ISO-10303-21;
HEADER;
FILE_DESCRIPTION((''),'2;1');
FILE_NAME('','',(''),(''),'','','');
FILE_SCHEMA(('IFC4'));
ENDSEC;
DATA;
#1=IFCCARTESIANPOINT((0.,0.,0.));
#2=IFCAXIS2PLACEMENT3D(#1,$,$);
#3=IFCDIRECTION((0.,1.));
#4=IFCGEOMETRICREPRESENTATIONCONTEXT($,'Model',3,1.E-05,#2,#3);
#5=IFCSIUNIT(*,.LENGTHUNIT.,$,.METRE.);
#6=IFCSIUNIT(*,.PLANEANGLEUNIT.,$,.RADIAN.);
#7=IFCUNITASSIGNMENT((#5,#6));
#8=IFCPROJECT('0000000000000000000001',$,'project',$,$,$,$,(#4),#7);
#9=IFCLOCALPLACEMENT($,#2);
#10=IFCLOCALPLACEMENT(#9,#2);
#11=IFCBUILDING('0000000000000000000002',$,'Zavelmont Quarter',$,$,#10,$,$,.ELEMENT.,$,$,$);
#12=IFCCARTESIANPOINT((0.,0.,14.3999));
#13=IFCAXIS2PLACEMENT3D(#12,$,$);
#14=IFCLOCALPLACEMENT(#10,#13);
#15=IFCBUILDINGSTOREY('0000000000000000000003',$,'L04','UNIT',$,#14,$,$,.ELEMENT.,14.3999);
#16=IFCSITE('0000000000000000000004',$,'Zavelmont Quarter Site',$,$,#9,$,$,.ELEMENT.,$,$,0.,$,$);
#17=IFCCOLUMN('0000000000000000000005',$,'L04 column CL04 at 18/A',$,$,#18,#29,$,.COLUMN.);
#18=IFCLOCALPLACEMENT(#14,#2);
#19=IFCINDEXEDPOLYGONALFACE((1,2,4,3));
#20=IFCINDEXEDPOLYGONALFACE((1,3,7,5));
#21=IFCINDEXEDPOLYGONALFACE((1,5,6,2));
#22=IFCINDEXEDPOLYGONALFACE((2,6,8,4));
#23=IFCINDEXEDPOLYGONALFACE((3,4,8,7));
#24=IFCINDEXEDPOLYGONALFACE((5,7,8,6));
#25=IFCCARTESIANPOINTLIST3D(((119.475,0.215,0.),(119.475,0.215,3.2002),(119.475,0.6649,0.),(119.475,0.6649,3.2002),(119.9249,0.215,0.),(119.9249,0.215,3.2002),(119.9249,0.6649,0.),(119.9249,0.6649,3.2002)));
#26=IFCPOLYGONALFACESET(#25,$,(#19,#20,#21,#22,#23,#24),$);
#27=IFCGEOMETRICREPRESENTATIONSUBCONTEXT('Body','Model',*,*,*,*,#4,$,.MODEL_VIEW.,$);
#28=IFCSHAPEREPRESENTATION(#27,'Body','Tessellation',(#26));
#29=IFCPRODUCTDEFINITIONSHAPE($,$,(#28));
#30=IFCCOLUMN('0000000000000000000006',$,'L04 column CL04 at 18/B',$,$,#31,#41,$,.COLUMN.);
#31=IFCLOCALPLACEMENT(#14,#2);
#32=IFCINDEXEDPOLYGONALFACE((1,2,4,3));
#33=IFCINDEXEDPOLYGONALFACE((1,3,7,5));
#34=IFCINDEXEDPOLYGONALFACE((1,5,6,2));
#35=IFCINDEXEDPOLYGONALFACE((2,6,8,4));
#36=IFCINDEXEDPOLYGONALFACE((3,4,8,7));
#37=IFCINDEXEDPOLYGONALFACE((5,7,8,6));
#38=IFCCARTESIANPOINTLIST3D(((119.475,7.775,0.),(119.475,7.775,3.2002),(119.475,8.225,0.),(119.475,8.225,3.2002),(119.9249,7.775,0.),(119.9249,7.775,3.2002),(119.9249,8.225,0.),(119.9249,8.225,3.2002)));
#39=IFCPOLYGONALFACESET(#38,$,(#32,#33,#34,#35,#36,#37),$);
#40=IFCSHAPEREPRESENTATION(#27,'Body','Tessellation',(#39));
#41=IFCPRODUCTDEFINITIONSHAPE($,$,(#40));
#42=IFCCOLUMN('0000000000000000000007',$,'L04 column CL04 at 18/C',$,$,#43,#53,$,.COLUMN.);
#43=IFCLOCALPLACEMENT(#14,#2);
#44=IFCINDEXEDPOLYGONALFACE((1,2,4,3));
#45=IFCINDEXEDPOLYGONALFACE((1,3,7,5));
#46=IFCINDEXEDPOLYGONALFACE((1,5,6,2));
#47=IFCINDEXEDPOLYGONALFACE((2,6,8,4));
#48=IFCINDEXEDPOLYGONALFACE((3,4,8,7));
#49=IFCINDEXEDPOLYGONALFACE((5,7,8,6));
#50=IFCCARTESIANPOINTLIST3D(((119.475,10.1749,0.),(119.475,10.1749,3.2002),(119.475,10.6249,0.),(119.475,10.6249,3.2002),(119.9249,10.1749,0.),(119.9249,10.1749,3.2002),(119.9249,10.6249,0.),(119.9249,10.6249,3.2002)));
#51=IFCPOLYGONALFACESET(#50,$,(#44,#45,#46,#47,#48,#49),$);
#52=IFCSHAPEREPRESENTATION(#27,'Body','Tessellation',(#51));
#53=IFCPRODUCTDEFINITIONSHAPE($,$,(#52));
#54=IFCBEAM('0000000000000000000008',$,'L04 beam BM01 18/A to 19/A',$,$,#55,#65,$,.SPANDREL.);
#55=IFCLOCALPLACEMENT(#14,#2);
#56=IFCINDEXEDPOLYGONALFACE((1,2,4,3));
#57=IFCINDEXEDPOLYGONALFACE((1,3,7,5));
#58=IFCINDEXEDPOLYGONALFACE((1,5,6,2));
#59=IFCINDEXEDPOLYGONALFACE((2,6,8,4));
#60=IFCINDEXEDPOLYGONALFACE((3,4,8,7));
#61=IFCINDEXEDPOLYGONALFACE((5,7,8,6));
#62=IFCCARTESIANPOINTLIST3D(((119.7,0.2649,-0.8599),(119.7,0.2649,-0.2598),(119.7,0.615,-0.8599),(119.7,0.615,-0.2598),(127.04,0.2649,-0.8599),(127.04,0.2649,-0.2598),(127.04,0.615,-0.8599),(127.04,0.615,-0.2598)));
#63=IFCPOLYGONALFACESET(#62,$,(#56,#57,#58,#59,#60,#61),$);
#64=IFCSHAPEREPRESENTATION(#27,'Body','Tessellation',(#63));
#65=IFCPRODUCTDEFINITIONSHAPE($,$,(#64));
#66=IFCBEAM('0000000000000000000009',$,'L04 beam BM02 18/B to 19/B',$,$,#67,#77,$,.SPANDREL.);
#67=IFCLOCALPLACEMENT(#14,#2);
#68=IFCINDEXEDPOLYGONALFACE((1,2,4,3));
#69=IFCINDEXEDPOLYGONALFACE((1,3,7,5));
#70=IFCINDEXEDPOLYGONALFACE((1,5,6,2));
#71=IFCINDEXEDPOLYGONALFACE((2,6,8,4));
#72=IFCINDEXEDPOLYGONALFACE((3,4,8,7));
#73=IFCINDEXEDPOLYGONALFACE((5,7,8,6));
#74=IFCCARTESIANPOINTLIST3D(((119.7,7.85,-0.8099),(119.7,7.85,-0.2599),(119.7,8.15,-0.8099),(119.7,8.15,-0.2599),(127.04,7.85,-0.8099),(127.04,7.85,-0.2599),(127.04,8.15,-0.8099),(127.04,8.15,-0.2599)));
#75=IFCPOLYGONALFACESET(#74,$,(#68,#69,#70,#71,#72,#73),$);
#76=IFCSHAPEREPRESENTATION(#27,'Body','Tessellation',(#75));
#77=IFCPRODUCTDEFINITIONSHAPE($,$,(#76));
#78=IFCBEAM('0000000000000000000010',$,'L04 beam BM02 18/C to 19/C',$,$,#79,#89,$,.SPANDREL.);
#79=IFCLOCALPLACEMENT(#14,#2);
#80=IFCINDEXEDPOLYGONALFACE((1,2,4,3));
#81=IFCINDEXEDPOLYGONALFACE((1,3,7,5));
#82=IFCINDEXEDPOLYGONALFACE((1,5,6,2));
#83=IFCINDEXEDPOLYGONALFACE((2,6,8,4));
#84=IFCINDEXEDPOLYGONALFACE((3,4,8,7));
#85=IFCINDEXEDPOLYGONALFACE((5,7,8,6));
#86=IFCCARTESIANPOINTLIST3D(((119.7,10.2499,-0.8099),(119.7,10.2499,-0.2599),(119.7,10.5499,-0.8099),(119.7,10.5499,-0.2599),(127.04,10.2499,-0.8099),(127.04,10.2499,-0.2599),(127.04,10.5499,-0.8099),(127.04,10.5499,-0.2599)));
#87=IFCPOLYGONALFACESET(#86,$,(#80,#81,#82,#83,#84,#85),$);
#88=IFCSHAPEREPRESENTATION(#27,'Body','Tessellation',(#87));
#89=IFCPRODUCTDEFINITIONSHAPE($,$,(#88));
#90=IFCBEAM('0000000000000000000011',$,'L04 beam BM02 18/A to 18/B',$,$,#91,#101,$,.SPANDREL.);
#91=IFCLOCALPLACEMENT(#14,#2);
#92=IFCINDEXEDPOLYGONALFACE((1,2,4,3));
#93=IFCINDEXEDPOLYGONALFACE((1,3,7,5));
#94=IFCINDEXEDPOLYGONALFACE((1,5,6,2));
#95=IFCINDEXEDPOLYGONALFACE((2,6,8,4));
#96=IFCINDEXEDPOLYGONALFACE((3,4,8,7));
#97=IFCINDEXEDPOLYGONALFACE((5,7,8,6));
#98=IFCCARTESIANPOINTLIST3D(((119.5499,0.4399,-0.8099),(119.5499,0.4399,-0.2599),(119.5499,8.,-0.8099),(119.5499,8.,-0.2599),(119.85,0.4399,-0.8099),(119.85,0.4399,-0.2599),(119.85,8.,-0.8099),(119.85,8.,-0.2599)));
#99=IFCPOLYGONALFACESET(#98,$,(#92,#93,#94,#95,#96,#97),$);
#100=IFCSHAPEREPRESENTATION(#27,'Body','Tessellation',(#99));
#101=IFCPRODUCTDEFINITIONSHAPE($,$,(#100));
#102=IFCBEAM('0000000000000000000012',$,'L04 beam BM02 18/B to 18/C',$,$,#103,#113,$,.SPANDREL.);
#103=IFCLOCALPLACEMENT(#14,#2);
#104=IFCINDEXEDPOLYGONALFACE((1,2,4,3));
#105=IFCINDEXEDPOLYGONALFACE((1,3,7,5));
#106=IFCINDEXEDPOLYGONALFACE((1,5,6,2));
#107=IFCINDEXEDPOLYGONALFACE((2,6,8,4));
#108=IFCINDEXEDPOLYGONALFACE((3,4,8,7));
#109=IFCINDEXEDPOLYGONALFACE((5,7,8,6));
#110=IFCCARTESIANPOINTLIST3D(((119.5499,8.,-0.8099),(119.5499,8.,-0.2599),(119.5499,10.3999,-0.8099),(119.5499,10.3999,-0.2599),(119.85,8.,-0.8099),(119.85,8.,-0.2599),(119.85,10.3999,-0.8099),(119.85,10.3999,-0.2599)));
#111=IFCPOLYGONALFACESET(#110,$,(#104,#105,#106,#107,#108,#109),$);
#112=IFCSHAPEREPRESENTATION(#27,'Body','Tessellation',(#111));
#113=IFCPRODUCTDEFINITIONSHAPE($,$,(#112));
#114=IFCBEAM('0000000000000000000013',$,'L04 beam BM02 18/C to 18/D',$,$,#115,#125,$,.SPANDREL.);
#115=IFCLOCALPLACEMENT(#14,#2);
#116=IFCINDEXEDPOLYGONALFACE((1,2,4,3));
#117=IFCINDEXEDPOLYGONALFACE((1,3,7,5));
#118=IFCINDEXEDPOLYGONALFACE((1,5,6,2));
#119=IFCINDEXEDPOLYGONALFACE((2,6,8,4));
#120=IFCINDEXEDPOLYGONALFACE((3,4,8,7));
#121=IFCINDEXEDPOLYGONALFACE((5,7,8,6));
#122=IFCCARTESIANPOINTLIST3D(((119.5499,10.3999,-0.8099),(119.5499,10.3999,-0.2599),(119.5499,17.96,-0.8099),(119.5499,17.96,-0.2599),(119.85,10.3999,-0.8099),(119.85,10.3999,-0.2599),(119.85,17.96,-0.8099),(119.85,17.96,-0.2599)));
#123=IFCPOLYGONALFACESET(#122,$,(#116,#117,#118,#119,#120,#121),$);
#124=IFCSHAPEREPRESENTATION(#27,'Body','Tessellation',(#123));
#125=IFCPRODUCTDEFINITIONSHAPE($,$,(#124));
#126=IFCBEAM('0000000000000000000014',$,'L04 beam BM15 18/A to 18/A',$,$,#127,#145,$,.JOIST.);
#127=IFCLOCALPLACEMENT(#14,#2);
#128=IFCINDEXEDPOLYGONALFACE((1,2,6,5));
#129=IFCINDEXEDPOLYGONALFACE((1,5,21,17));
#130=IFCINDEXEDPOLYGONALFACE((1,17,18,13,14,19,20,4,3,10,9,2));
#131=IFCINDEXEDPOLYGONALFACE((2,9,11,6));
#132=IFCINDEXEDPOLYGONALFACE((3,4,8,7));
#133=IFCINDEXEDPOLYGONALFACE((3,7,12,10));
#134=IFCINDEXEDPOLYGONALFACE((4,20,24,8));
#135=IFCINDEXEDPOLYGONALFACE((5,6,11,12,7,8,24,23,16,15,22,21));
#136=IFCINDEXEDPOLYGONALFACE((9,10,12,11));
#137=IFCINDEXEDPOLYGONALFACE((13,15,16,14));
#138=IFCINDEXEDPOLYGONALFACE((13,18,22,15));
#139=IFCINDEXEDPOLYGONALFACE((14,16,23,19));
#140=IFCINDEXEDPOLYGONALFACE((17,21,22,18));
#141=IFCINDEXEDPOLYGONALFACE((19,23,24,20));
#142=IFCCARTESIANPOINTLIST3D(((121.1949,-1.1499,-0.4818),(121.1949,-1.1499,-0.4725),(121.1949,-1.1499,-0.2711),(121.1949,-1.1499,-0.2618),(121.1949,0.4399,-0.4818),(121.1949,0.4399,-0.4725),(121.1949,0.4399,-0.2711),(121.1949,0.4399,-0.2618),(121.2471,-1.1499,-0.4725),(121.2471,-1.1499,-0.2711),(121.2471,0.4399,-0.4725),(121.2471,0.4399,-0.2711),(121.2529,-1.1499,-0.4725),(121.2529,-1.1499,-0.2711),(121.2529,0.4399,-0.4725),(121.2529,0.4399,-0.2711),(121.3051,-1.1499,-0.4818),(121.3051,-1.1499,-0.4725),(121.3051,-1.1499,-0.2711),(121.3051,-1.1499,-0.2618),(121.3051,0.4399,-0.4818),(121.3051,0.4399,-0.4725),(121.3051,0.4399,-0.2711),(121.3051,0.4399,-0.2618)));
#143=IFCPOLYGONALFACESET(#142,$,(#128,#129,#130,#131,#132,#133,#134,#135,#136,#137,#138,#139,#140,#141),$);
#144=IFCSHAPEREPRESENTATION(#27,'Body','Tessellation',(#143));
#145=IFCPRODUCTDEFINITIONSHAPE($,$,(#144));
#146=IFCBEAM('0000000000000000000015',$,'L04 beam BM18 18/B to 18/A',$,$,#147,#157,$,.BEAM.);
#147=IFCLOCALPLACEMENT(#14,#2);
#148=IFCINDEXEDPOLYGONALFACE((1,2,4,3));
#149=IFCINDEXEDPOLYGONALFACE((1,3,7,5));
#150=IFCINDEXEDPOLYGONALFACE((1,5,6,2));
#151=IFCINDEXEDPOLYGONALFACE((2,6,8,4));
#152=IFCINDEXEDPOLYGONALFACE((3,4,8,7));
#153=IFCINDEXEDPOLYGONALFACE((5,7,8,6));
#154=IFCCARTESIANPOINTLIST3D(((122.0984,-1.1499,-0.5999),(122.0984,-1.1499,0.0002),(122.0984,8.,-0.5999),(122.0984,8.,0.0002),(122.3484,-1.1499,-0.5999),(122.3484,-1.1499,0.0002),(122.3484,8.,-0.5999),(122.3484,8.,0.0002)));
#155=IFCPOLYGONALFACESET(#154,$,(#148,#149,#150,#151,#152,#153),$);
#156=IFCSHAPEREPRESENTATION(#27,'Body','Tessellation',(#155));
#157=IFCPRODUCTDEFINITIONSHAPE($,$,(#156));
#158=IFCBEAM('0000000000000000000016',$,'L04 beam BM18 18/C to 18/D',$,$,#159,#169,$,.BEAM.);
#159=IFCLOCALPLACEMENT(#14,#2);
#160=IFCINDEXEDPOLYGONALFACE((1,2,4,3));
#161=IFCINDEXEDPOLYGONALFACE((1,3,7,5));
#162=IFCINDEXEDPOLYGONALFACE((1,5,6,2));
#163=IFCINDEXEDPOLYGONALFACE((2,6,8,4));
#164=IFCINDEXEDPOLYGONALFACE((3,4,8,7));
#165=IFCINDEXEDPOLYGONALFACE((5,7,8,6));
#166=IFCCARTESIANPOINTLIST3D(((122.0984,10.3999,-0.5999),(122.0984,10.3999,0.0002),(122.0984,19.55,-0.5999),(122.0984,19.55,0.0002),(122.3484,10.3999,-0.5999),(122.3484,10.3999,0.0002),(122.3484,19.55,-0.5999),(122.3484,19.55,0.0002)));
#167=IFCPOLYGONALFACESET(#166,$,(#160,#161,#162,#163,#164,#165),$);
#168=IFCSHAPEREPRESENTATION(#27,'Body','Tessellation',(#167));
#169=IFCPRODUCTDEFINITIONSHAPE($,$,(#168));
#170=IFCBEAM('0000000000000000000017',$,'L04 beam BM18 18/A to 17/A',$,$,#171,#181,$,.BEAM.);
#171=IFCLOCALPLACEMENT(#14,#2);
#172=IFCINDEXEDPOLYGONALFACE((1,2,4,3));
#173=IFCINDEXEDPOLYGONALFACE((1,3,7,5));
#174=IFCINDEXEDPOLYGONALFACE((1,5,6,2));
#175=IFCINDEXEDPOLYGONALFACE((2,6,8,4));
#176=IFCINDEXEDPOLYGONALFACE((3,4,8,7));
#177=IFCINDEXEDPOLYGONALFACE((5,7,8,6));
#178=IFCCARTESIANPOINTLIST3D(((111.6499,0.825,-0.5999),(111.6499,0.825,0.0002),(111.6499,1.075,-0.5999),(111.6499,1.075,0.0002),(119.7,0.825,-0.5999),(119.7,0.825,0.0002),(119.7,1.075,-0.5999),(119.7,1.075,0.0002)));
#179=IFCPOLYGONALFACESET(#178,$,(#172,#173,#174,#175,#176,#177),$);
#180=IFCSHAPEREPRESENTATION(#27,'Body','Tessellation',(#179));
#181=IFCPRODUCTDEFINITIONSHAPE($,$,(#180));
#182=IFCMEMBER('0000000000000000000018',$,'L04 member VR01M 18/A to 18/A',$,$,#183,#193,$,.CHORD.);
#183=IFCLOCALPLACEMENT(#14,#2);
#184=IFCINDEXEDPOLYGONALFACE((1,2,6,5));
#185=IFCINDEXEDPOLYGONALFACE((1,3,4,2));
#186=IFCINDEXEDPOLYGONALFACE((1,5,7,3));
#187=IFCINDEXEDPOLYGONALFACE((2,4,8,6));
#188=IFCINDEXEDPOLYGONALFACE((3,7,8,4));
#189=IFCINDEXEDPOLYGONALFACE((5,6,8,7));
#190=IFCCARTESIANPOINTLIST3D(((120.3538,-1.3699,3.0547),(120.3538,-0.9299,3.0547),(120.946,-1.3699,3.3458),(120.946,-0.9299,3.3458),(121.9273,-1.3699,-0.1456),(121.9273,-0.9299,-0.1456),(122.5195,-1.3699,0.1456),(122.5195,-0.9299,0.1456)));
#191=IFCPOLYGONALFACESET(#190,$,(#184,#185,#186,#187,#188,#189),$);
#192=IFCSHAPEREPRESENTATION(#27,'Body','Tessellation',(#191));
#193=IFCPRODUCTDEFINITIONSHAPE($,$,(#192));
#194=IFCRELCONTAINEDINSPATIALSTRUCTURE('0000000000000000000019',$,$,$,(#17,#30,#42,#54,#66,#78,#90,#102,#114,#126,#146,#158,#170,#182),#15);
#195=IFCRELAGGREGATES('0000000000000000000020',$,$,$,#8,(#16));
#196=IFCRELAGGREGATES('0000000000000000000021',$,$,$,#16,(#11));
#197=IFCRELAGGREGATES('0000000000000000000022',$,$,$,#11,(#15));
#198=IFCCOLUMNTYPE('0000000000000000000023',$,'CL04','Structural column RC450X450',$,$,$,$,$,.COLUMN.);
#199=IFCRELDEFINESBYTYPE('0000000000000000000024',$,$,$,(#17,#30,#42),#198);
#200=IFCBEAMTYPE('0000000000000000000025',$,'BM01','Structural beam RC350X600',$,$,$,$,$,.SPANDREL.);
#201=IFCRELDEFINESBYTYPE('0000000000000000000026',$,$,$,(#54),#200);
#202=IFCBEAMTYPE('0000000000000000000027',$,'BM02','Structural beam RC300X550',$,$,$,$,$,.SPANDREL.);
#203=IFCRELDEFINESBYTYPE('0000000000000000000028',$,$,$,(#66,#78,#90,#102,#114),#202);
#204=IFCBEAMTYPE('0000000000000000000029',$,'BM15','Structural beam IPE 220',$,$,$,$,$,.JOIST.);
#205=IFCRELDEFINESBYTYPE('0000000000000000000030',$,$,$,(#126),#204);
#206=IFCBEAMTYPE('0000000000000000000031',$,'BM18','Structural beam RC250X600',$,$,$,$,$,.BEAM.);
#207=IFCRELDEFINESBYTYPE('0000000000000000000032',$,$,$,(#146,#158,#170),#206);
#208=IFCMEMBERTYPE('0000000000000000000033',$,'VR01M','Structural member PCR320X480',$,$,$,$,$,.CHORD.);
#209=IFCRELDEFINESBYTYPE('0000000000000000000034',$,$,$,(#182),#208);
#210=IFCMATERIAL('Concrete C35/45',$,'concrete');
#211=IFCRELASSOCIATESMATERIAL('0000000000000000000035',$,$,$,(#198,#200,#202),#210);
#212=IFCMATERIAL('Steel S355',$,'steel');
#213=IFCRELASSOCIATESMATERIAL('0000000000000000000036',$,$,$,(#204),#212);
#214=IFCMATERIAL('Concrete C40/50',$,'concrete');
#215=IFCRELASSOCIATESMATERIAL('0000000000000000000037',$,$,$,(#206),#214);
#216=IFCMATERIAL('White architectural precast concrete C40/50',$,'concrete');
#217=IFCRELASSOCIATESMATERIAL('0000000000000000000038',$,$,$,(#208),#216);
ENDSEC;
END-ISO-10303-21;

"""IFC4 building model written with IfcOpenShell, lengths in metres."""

from ifc_helpers import new_model, si_unit, direction, frame, origin, origin_2d, place, context, subcontext, project, spatial, rectangle, i_section, extrude, material, material_profile, profile_set, type_object, element, save


model = new_model("IFC4")

# Units and contexts
model_context = context("Model", 3, precision=1e-05, world=origin(), true_north=direction((0.0, 1.0)))
body_context = subcontext(model_context, "Body", "Model", "MODEL_VIEW")
ifc_project = project(units=[si_unit("LENGTHUNIT", "METRE"), si_unit("PLANEANGLEUNIT", "RADIAN")], contexts=[model_context])

# Site, building, storey
site_placement = place(None, origin())
site = spatial("IfcSite", under=ifc_project, at=site_placement, Name="Zavelmont Quarter Site", CompositionType="ELEMENT", RefElevation=0.0)
building_placement = place(site_placement, origin())
building = spatial("IfcBuilding", under=site, at=building_placement, Name="Zavelmont Quarter", CompositionType="ELEMENT")
storey_placement = place(building_placement, frame((0.0, 0.0, 14.3999)))
storey = spatial("IfcBuildingStorey", under=building, at=storey_placement, Name="L04", Description="UNIT", CompositionType="ELEMENT", Elevation=14.3999)

# Columns
ifc_material_1 = material(Name="Concrete C35/45", Category="concrete")
ifc_material_profile_1 = material_profile(ifc_material_1, rectangle(XDim=0.45, YDim=0.45, at=origin_2d()), Name="RC450X450")
ifc_profile_set_1 = profile_set([ifc_material_profile_1], Name="Concrete C35/45")
column_type = type_object("IfcColumnType", Name="CL04", Description="Structural column RC450X450", PredefinedType="COLUMN", material=ifc_profile_set_1)
for number, where, z_axis, x_axis, name in (
    (1, (119.7, 0.4399, 0.0), (0.0, 0.0, 1.0), (1.0, 0.0, 0.0), "L04 column CL04 at 18/A"),
    (2, (119.7, 8.0, 0.0), (0.0, 0.0, 1.0), (1.0, 0.0, 0.0), "L04 column CL04 at 18/B"),
    (3, (119.7, 10.3999, 0.0), (0.0, 0.0, 1.0), (1.0, 0.0, 0.0), "L04 column CL04 at 18/C"),
):
    element("IfcColumn", number, at=place(storey_placement, frame(where, z_axis=z_axis, x_axis=x_axis)), inside=storey, type_object=column_type, Name=name, PredefinedType="COLUMN", context=body_context, shape_type="SweptSolid", body=[
        extrude(rectangle(XDim=0.45, YDim=0.45, at=origin_2d()), origin(), (0.0, 0.0, 1.0), 3.2002),
    ])

# Beams
ifc_material_profile_2 = material_profile(ifc_material_1, rectangle(XDim=0.3501, YDim=0.6001, at=origin_2d()), Name="RC350X600")
ifc_profile_set_2 = profile_set([ifc_material_profile_2], Name="Concrete C35/45")
beam_type_1 = type_object("IfcBeamType", Name="BM01", Description="Structural beam RC350X600", PredefinedType="SPANDREL", material=ifc_profile_set_2)
beam_1_placement = place(storey_placement, frame((119.7, 0.4399, -0.5598), z_axis=(1.0, 0.0, 0.0), x_axis=(0.0, 1.0, 0.0)))
element("IfcBeam", 4, at=beam_1_placement, inside=storey, type_object=beam_type_1, Name="L04 beam BM01 18/A to 19/A", PredefinedType="SPANDREL", context=body_context, shape_type="SweptSolid", body=[
    extrude(rectangle(XDim=0.3501, YDim=0.6001, at=origin_2d()), origin(), (0.0, 0.0, 1.0), 7.3401),
])
ifc_material_profile_3 = material_profile(ifc_material_1, rectangle(XDim=0.3, YDim=0.55, at=origin_2d()), Name="RC300X550")
ifc_profile_set_3 = profile_set([ifc_material_profile_3], Name="Concrete C35/45")
beam_type_2 = type_object("IfcBeamType", Name="BM02", Description="Structural beam RC300X550", PredefinedType="SPANDREL", material=ifc_profile_set_3)
for number, where, z_axis, x_axis, name in (
    (5, (119.7, 8.0, -0.5349), (1.0, 0.0, 0.0), (0.0, 1.0, 0.0), "L04 beam BM02 18/B to 19/B"),
    (6, (119.7, 10.3999, -0.5349), (1.0, 0.0, 0.0), (0.0, 1.0, 0.0), "L04 beam BM02 18/C to 19/C"),
):
    element("IfcBeam", number, at=place(storey_placement, frame(where, z_axis=z_axis, x_axis=x_axis)), inside=storey, type_object=beam_type_2, Name=name, PredefinedType="SPANDREL", context=body_context, shape_type="SweptSolid", body=[
        extrude(rectangle(XDim=0.3, YDim=0.55, at=origin_2d()), origin(), (0.0, 0.0, 1.0), 7.3401),
    ])
beam_2_placement = place(storey_placement, frame((119.7, 0.4399, -0.5349), z_axis=(0.0, 1.0, 0.0), x_axis=(-1.0, 0.0, 0.0)))
element("IfcBeam", 7, at=beam_2_placement, inside=storey, type_object=beam_type_2, Name="L04 beam BM02 18/A to 18/B", PredefinedType="SPANDREL", context=body_context, shape_type="SweptSolid", body=[
    extrude(rectangle(XDim=0.3, YDim=0.55, at=origin_2d()), origin(), (0.0, 0.0, 1.0), 7.5601),
])
beam_3_placement = place(storey_placement, frame((119.7, 8.0, -0.5349), z_axis=(0.0, 1.0, 0.0), x_axis=(-1.0, 0.0, 0.0)))
element("IfcBeam", 8, at=beam_3_placement, inside=storey, type_object=beam_type_2, Name="L04 beam BM02 18/B to 18/C", PredefinedType="SPANDREL", context=body_context, shape_type="SweptSolid", body=[
    extrude(rectangle(XDim=0.3, YDim=0.55, at=origin_2d()), origin(), (0.0, 0.0, 1.0), 2.3999),
])
beam_4_placement = place(storey_placement, frame((119.7, 10.3999, -0.5349), z_axis=(0.0, 1.0, 0.0), x_axis=(-1.0, 0.0, 0.0)))
element("IfcBeam", 9, at=beam_4_placement, inside=storey, type_object=beam_type_2, Name="L04 beam BM02 18/C to 18/D", PredefinedType="SPANDREL", context=body_context, shape_type="SweptSolid", body=[
    extrude(rectangle(XDim=0.3, YDim=0.55, at=origin_2d()), origin(), (0.0, 0.0, 1.0), 7.5601),
])
ifc_material_2 = material(Name="Steel S355", Category="steel")
ifc_material_profile_4 = material_profile(ifc_material_2, i_section(OverallWidth=0.1101, OverallDepth=0.22, WebThickness=0.0059, FlangeThickness=0.0093, at=origin_2d()), Name="IPE 220")
ifc_profile_set_4 = profile_set([ifc_material_profile_4], Name="Steel S355")
beam_type_3 = type_object("IfcBeamType", Name="BM15", Description="Structural beam IPE 220", PredefinedType="JOIST", material=ifc_profile_set_4)
beam_5_placement = place(storey_placement, frame((121.25, 0.4399, -0.3718), z_axis=(0.0, -1.0, 0.0), x_axis=(1.0, 0.0, 0.0)))
element("IfcBeam", 10, at=beam_5_placement, inside=storey, type_object=beam_type_3, Name="L04 beam BM15 18/A to 18/A", PredefinedType="JOIST", context=body_context, shape_type="SweptSolid", body=[
    extrude(i_section(OverallWidth=0.1101, OverallDepth=0.22, WebThickness=0.0059, FlangeThickness=0.0093, at=origin_2d()), origin(), (0.0, 0.0, 1.0), 1.5898),
])
ifc_material_3 = material(Name="Concrete C40/50", Category="concrete")
ifc_material_profile_5 = material_profile(ifc_material_3, rectangle(XDim=0.25, YDim=0.6001, at=origin_2d()), Name="RC250X600")
ifc_profile_set_5 = profile_set([ifc_material_profile_5], Name="Concrete C40/50")
beam_type_4 = type_object("IfcBeamType", Name="BM18", Description="Structural beam RC250X600", PredefinedType="BEAM", material=ifc_profile_set_5)
beam_6_placement = place(storey_placement, frame((122.2234, 8.0, -0.2998), z_axis=(0.0, -1.0, 0.0), x_axis=(1.0, 0.0, 0.0)))
element("IfcBeam", 11, at=beam_6_placement, inside=storey, type_object=beam_type_4, Name="L04 beam BM18 18/B to 18/A", PredefinedType="BEAM", context=body_context, shape_type="SweptSolid", body=[
    extrude(rectangle(XDim=0.25, YDim=0.6001, at=origin_2d()), origin(), (0.0, 0.0, 1.0), 9.1499),
])
beam_7_placement = place(storey_placement, frame((122.2234, 10.3999, -0.2998), z_axis=(0.0, 1.0, 0.0), x_axis=(-1.0, 0.0, 0.0)))
element("IfcBeam", 12, at=beam_7_placement, inside=storey, type_object=beam_type_4, Name="L04 beam BM18 18/C to 18/D", PredefinedType="BEAM", context=body_context, shape_type="SweptSolid", body=[
    extrude(rectangle(XDim=0.25, YDim=0.6001, at=origin_2d()), origin(), (0.0, 0.0, 1.0), 9.1501),
])
beam_8_placement = place(storey_placement, frame((119.7, 0.95, -0.2998), z_axis=(-1.0, 0.0, 0.0), x_axis=(0.0, -1.0, 0.0)))
element("IfcBeam", 13, at=beam_8_placement, inside=storey, type_object=beam_type_4, Name="L04 beam BM18 18/A to 17/A", PredefinedType="BEAM", context=body_context, shape_type="SweptSolid", body=[
    extrude(rectangle(XDim=0.25, YDim=0.6001, at=origin_2d()), origin(), (0.0, 0.0, 1.0), 8.05),
])

# Member
ifc_material_4 = material(Name="White architectural precast concrete C40/50", Category="concrete")
ifc_material_profile_6 = material_profile(ifc_material_4, rectangle(XDim=0.4399, YDim=0.6599, at=origin_2d()), Name="PCR320X480")
ifc_profile_set_6 = profile_set([ifc_material_profile_6], Name="White architectural precast concrete C40/50")
member_type = type_object("IfcMemberType", Name="VR01M", Description="Structural member PCR320X480", PredefinedType="CHORD", material=ifc_profile_set_6)
member_placement = place(storey_placement, frame((122.2234, -1.1499, 0.0), z_axis=(-0.441234, 0.0, 0.897392), x_axis=(0.0, -1.0, 0.0)))
element("IfcMember", 14, at=member_placement, inside=storey, type_object=member_type, Name="L04 member VR01M 18/A to 18/A", PredefinedType="CHORD", context=body_context, shape_type="SweptSolid", body=[
    extrude(rectangle(XDim=0.4399, YDim=0.6599, at=origin_2d()), origin(), (0.0, 0.0, 1.0), 3.5662),
])

save(model, "model.ifc")
